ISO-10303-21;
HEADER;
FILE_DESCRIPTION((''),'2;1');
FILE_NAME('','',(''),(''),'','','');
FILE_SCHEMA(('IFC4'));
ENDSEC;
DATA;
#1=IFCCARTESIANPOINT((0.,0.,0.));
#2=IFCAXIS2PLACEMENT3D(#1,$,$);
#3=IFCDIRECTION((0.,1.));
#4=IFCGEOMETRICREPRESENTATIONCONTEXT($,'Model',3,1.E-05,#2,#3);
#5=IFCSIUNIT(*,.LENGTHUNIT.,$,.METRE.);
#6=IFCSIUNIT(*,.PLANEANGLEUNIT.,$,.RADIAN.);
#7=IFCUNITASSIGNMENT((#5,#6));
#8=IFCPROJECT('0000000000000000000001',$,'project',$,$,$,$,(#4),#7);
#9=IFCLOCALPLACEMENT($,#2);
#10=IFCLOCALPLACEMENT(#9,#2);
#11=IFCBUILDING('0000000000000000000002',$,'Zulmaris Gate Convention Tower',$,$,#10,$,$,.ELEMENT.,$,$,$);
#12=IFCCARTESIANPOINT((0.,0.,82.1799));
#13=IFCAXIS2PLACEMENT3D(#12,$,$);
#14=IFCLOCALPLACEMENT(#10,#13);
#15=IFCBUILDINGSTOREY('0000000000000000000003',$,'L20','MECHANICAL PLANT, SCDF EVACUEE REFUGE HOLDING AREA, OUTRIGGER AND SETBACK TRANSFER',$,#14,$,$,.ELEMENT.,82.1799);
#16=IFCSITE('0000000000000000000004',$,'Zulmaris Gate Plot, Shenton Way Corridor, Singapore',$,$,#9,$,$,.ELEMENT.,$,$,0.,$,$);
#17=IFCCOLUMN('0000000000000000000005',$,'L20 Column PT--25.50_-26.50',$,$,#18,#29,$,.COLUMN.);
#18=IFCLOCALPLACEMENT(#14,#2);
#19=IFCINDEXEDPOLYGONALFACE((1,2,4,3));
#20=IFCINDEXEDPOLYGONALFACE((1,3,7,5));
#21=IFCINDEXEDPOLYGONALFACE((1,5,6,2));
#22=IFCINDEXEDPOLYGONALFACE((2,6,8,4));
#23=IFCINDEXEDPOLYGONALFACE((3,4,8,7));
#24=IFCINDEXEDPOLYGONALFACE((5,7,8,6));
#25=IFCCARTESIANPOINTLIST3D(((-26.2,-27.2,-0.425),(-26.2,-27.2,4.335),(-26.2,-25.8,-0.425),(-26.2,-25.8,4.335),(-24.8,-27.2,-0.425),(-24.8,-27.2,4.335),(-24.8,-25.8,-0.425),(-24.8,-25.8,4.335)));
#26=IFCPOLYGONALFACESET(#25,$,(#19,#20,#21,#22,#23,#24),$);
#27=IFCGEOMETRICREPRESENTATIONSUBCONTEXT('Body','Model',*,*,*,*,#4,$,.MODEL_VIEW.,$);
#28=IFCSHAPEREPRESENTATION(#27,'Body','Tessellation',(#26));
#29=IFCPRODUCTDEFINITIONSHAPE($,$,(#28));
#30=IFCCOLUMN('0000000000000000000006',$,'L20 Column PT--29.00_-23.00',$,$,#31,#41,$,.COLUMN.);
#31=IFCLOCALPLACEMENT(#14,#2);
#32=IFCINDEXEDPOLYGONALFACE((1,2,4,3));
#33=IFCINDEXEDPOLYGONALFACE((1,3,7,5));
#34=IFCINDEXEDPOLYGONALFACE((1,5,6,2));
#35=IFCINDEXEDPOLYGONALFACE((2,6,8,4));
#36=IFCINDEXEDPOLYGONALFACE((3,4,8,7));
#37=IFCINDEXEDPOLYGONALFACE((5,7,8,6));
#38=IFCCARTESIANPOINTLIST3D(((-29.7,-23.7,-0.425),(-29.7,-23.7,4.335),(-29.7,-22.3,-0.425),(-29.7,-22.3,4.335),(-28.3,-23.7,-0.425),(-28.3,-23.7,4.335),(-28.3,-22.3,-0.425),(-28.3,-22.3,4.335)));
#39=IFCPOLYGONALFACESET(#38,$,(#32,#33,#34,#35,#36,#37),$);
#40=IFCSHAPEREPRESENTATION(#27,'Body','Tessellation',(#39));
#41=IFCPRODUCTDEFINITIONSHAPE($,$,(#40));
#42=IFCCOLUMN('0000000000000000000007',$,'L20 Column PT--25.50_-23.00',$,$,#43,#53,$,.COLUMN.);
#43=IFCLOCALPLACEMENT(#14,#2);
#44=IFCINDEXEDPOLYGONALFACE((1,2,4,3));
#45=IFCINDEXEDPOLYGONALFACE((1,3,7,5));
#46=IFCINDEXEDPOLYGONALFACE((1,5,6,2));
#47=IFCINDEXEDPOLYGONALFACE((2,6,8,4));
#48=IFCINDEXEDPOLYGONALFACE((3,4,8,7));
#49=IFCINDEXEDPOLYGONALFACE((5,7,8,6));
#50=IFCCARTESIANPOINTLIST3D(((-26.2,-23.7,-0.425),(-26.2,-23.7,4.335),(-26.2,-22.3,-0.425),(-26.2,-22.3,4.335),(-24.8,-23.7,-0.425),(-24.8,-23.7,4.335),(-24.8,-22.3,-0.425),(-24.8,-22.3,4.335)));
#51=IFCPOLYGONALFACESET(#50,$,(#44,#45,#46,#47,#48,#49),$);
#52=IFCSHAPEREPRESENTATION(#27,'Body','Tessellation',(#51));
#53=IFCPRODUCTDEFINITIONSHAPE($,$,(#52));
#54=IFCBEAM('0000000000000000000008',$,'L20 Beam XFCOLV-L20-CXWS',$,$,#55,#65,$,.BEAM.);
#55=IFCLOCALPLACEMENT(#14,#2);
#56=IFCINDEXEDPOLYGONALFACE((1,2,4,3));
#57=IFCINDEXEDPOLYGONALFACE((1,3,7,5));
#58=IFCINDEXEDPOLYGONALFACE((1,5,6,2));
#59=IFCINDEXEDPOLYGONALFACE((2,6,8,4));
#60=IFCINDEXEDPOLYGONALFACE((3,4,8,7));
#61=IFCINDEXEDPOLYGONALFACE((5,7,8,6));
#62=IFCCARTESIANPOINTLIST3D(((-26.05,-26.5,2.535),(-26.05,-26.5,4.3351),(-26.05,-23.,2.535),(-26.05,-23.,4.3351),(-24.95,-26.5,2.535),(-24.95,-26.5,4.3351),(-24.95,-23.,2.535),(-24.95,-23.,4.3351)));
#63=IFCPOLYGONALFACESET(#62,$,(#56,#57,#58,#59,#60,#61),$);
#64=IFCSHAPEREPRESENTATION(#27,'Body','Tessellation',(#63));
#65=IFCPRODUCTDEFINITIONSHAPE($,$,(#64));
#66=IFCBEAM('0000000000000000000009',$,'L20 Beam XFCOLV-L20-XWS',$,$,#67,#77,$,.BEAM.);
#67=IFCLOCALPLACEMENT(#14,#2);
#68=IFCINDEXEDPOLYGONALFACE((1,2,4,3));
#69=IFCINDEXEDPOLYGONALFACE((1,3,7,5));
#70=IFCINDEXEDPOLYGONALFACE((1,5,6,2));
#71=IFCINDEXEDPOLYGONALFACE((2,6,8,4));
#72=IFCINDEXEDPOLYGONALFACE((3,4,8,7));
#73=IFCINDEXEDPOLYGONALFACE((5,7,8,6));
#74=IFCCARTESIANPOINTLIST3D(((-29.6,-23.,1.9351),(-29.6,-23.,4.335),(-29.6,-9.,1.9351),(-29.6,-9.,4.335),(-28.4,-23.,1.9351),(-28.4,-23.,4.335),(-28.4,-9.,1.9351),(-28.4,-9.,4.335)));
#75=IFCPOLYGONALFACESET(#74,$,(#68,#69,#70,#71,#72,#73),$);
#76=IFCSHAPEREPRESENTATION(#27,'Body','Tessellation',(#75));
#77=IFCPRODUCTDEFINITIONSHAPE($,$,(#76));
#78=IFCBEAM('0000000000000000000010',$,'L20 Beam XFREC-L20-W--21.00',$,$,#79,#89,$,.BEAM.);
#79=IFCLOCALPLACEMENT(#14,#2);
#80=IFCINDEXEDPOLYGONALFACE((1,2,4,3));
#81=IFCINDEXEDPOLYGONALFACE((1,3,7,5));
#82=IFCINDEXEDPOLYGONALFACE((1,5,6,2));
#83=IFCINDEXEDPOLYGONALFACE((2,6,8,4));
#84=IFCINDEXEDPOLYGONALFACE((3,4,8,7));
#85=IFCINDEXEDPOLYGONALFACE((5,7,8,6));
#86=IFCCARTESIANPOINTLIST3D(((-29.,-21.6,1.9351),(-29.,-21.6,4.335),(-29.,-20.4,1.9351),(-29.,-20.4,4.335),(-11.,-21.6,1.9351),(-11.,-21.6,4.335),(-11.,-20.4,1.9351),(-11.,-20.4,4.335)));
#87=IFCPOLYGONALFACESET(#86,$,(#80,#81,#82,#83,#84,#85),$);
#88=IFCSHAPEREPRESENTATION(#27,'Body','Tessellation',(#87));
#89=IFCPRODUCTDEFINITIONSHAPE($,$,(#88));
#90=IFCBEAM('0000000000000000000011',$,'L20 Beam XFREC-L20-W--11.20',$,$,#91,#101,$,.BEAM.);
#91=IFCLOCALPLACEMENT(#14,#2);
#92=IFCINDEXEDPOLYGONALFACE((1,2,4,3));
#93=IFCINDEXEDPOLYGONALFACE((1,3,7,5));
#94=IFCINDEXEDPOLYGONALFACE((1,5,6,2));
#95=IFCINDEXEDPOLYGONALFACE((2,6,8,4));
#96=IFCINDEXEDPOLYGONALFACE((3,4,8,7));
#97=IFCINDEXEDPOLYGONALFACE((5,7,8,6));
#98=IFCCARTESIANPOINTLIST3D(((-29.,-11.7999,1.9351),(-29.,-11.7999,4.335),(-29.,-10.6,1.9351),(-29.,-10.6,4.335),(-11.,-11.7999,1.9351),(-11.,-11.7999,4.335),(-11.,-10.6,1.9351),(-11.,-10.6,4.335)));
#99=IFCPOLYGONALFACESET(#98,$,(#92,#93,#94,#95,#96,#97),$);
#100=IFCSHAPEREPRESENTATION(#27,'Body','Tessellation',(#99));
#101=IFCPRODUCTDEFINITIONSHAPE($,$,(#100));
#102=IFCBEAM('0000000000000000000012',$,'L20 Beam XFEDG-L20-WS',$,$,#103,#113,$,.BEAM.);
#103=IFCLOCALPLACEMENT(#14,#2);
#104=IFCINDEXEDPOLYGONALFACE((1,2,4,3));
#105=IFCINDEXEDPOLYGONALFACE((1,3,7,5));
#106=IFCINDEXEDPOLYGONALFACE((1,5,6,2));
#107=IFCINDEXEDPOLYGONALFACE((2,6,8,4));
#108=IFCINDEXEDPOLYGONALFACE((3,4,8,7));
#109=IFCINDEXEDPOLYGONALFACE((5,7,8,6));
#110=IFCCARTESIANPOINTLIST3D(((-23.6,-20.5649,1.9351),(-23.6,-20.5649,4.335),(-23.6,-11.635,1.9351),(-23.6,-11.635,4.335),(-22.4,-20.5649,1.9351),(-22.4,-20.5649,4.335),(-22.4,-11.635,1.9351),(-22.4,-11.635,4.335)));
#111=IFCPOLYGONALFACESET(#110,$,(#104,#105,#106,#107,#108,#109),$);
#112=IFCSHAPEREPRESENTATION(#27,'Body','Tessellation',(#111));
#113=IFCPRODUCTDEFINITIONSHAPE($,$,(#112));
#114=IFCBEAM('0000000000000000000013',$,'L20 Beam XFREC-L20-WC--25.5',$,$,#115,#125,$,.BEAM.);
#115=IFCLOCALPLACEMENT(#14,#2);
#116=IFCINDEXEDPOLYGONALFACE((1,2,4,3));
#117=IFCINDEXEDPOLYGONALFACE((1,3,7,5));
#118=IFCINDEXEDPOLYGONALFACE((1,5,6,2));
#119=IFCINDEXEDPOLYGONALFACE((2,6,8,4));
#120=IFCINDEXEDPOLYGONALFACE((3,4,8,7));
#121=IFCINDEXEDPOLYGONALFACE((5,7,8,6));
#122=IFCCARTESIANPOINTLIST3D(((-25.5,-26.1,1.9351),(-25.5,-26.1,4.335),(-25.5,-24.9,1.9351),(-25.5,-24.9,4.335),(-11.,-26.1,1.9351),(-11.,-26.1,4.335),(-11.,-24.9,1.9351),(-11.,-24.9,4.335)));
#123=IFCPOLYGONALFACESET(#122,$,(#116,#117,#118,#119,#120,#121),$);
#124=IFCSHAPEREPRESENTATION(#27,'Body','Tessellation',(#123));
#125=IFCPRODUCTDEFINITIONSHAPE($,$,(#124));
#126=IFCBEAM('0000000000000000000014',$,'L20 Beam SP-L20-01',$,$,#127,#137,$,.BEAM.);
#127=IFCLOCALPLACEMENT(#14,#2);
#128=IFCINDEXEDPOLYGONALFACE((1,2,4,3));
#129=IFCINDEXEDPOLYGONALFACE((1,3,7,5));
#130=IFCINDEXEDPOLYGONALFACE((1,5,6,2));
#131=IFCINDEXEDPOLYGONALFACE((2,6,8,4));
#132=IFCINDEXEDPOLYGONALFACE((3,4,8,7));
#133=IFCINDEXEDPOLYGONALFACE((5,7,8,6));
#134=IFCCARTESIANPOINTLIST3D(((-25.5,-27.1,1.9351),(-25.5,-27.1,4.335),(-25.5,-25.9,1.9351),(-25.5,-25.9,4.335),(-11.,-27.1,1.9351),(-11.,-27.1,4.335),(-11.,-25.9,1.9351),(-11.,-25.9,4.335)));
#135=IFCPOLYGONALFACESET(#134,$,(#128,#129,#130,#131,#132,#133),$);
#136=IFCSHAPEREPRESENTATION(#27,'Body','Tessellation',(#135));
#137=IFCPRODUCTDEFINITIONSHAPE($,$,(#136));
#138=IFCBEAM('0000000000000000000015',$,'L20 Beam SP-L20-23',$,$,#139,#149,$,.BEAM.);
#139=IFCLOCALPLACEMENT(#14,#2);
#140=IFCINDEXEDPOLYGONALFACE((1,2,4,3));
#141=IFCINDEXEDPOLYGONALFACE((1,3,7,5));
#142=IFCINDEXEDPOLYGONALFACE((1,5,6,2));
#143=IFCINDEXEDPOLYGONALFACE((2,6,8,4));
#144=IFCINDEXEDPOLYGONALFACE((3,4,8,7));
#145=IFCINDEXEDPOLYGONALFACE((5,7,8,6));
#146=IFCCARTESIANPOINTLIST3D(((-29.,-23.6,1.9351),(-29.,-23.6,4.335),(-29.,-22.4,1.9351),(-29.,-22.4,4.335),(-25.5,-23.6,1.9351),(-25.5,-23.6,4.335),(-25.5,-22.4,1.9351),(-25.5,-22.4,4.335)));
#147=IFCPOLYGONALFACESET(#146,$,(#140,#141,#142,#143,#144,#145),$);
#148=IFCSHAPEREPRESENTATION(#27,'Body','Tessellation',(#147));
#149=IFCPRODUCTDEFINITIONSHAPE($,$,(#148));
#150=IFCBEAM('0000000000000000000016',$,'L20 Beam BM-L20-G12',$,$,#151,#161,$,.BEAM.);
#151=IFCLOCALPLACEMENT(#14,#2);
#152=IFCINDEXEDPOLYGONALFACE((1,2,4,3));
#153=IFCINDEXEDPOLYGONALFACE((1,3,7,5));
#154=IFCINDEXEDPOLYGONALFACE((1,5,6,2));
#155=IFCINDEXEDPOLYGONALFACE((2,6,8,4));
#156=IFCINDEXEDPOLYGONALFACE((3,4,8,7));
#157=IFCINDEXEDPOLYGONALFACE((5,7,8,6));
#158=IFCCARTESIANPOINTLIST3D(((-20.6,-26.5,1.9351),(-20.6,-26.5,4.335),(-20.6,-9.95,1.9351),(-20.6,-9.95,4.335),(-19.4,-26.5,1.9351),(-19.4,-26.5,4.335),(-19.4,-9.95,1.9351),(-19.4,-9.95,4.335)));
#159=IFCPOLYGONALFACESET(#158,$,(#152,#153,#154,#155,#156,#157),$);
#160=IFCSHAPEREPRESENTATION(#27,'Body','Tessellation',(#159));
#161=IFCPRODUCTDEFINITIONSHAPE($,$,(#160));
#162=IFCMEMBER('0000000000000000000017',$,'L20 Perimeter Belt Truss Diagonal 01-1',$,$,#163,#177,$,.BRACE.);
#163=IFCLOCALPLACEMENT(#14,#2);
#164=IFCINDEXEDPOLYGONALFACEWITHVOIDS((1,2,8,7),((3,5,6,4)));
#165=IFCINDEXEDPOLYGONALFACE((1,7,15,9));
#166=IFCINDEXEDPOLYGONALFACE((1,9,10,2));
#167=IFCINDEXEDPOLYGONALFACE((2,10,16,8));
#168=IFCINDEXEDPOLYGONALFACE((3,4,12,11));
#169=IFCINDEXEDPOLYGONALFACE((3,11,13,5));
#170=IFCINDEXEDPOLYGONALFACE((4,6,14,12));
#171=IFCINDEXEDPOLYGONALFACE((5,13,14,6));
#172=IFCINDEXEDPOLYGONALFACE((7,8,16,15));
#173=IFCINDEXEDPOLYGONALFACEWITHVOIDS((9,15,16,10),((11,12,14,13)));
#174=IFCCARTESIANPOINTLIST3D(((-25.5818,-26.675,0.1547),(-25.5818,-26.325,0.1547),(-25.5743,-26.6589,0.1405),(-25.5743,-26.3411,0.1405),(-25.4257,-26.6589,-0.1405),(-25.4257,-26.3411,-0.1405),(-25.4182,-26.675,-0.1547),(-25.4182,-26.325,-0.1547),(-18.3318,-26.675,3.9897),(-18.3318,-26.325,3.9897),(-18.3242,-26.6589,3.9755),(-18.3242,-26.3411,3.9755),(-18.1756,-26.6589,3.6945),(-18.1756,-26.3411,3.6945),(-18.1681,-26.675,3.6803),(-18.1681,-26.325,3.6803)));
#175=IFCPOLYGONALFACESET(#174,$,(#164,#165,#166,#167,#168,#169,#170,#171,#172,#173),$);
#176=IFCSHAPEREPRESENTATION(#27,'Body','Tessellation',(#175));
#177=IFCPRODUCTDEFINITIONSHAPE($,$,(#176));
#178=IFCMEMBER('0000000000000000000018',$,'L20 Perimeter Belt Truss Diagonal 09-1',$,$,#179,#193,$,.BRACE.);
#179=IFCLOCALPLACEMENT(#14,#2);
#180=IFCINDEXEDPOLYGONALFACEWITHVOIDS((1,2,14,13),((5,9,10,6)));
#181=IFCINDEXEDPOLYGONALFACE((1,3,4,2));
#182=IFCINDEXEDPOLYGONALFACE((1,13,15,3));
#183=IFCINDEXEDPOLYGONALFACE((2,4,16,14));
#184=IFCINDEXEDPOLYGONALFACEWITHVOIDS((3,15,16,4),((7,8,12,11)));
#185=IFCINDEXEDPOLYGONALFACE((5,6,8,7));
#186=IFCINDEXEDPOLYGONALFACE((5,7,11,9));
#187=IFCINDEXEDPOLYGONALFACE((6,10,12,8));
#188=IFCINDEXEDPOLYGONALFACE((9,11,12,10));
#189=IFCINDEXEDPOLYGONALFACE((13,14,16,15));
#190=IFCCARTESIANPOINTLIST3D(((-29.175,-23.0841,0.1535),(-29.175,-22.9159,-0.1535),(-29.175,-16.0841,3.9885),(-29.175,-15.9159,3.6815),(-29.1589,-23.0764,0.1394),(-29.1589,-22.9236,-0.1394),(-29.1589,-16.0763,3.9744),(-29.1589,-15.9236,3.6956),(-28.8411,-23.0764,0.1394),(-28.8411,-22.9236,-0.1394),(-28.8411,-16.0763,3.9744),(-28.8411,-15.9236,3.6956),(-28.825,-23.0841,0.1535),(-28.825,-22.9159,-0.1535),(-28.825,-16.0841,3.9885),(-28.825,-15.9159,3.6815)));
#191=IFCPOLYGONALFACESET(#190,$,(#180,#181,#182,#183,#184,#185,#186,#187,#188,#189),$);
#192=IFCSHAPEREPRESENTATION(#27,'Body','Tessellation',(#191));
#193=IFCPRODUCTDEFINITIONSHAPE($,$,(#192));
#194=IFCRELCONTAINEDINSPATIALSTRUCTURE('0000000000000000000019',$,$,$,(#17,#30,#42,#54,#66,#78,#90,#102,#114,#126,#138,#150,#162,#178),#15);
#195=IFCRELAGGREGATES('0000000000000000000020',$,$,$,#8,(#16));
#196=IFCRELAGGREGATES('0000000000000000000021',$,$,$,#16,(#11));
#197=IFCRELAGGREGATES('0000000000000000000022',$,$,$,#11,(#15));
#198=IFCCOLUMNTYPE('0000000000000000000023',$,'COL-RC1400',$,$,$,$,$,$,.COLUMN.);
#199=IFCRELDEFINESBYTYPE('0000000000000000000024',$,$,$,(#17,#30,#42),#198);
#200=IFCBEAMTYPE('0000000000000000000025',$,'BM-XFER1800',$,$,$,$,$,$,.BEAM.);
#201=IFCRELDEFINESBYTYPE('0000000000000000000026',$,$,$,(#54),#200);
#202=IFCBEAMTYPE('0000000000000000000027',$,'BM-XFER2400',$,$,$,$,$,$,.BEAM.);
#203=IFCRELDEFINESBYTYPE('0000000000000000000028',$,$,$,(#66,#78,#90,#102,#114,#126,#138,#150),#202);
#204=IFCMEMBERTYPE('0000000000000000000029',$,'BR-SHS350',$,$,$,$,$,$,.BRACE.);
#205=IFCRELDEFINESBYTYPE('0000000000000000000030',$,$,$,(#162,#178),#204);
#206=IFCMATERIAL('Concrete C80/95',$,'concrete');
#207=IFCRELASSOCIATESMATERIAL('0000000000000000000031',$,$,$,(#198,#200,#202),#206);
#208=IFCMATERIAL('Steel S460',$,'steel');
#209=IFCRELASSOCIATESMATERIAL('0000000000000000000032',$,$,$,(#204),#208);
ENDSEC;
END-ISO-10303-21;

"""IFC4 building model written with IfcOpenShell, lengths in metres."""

from ifc_helpers import new_model, si_unit, direction, frame, origin, origin_2d, place, context, subcontext, project, spatial, rectangle, hollow_rectangle, extrude, material, material_profile, profile_set, type_object, element, save


model = new_model("IFC4")

# Units and contexts
model_context = context("Model", 3, precision=1e-05, world=origin(), true_north=direction((0.0, 1.0)))
body_context = subcontext(model_context, "Body", "Model", "MODEL_VIEW")
ifc_project = project(units=[si_unit("LENGTHUNIT", "METRE"), si_unit("PLANEANGLEUNIT", "RADIAN")], contexts=[model_context])

# Site, building, storey
site_placement = place(None, origin())
site = spatial("IfcSite", under=ifc_project, at=site_placement, Name="Zulmaris Gate Plot, Shenton Way Corridor, Singapore", CompositionType="ELEMENT", RefElevation=0.0)
building_placement = place(site_placement, origin())
building = spatial("IfcBuilding", under=site, at=building_placement, Name="Zulmaris Gate Convention Tower", CompositionType="ELEMENT")
storey_placement = place(building_placement, frame((0.0, 0.0, 82.1799)))
storey = spatial("IfcBuildingStorey", under=building, at=storey_placement, Name="L20", Description="MECHANICAL PLANT, SCDF EVACUEE REFUGE HOLDING AREA, OUTRIGGER AND SETBACK TRANSFER", CompositionType="ELEMENT", Elevation=82.1799)

# Columns
ifc_material_1 = material(Name="Concrete C80/95", Category="concrete")
ifc_material_profile_1 = material_profile(ifc_material_1, rectangle(XDim=1.3999, YDim=1.3999, at=origin_2d()), Name="RC COL 1400x1400")
ifc_profile_set_1 = profile_set([ifc_material_profile_1], Name="Concrete C80/95")
column_type = type_object("IfcColumnType", Name="COL-RC1400", PredefinedType="COLUMN", material=ifc_profile_set_1)
for number, where, z_axis, x_axis, name in (
    (1, (-25.5, -26.5, -0.425), (0.0, 0.0, 1.0), (1.0, 0.0, 0.0), "L20 Column PT--25.50_-26.50"),
    (2, (-29.0, -23.0, -0.425), (0.0, 0.0, 1.0), (1.0, 0.0, 0.0), "L20 Column PT--29.00_-23.00"),
    (3, (-25.5, -23.0, -0.425), (0.0, 0.0, 1.0), (1.0, 0.0, 0.0), "L20 Column PT--25.50_-23.00"),
):
    element("IfcColumn", number, at=place(storey_placement, frame(where, z_axis=z_axis, x_axis=x_axis)), inside=storey, type_object=column_type, Name=name, PredefinedType="COLUMN", context=body_context, shape_type="SweptSolid", body=[
        extrude(rectangle(XDim=1.3999, YDim=1.3999, at=origin_2d()), origin(), (0.0, 0.0, 1.0), 4.76),
    ])

# Beams
ifc_material_profile_2 = material_profile(ifc_material_1, rectangle(XDim=1.1001, YDim=1.8, at=origin_2d()), Name="RC TRANSFER 1100x1800")
ifc_profile_set_2 = profile_set([ifc_material_profile_2], Name="Concrete C80/95")
beam_type_1 = type_object("IfcBeamType", Name="BM-XFER1800", PredefinedType="BEAM", material=ifc_profile_set_2)
beam_1_placement = place(storey_placement, frame((-25.5, -26.5, 3.4351), z_axis=(0.0, 1.0, 0.0), x_axis=(-1.0, 0.0, 0.0)))
element("IfcBeam", 4, at=beam_1_placement, inside=storey, type_object=beam_type_1, Name="L20 Beam XFCOLV-L20-CXWS", PredefinedType="BEAM", context=body_context, shape_type="SweptSolid", body=[
    extrude(rectangle(XDim=1.1001, YDim=1.8, at=origin_2d()), origin(), (0.0, 0.0, 1.0), 3.5),
])
ifc_material_profile_3 = material_profile(ifc_material_1, rectangle(XDim=1.2, YDim=2.3999, at=origin_2d()), Name="RC TRANSFER 1200x2400")
ifc_profile_set_3 = profile_set([ifc_material_profile_3], Name="Concrete C80/95")
beam_type_2 = type_object("IfcBeamType", Name="BM-XFER2400", PredefinedType="BEAM", material=ifc_profile_set_3)
beam_2_placement = place(storey_placement, frame((-29.0, -23.0, 3.135), z_axis=(0.0, 1.0, 0.0), x_axis=(-1.0, 0.0, 0.0)))
element("IfcBeam", 5, at=beam_2_placement, inside=storey, type_object=beam_type_2, Name="L20 Beam XFCOLV-L20-XWS", PredefinedType="BEAM", context=body_context, shape_type="SweptSolid", body=[
    extrude(rectangle(XDim=1.2, YDim=2.3999, at=origin_2d()), origin(), (0.0, 0.0, 1.0), 14.0),
])
for number, where, z_axis, x_axis, name in (
    (6, (-29.0, -21.0, 3.135), (1.0, 0.0, 0.0), (0.0, 1.0, 0.0), "L20 Beam XFREC-L20-W--21.00"),
    (7, (-29.0, -11.2, 3.135), (1.0, 0.0, 0.0), (0.0, 1.0, 0.0), "L20 Beam XFREC-L20-W--11.20"),
):
    element("IfcBeam", number, at=place(storey_placement, frame(where, z_axis=z_axis, x_axis=x_axis)), inside=storey, type_object=beam_type_2, Name=name, PredefinedType="BEAM", context=body_context, shape_type="SweptSolid", body=[
        extrude(rectangle(XDim=1.2, YDim=2.3999, at=origin_2d()), origin(), (0.0, 0.0, 1.0), 18.0),
    ])
beam_3_placement = place(storey_placement, frame((-23.0, -20.5649, 3.135), z_axis=(0.0, 1.0, 0.0), x_axis=(-1.0, 0.0, 0.0)))
element("IfcBeam", 8, at=beam_3_placement, inside=storey, type_object=beam_type_2, Name="L20 Beam XFEDG-L20-WS", PredefinedType="BEAM", context=body_context, shape_type="SweptSolid", body=[
    extrude(rectangle(XDim=1.2, YDim=2.3999, at=origin_2d()), origin(), (0.0, 0.0, 1.0), 8.9299),
])
for number, where, z_axis, x_axis, name in (
    (9, (-25.5, -25.5, 3.135), (1.0, 0.0, 0.0), (0.0, 1.0, 0.0), "L20 Beam XFREC-L20-WC--25.5"),
    (10, (-25.5, -26.5, 3.135), (1.0, 0.0, 0.0), (0.0, 1.0, 0.0), "L20 Beam SP-L20-01"),
):
    element("IfcBeam", number, at=place(storey_placement, frame(where, z_axis=z_axis, x_axis=x_axis)), inside=storey, type_object=beam_type_2, Name=name, PredefinedType="BEAM", context=body_context, shape_type="SweptSolid", body=[
        extrude(rectangle(XDim=1.2, YDim=2.3999, at=origin_2d()), origin(), (0.0, 0.0, 1.0), 14.5),
    ])
beam_4_placement = place(storey_placement, frame((-29.0, -23.0, 3.135), z_axis=(1.0, 0.0, 0.0), x_axis=(0.0, 1.0, 0.0)))
element("IfcBeam", 11, at=beam_4_placement, inside=storey, type_object=beam_type_2, Name="L20 Beam SP-L20-23", PredefinedType="BEAM", context=body_context, shape_type="SweptSolid", body=[
    extrude(rectangle(XDim=1.2, YDim=2.3999, at=origin_2d()), origin(), (0.0, 0.0, 1.0), 3.5),
])
beam_5_placement = place(storey_placement, frame((-20.0, -26.5, 3.135), z_axis=(0.0, 1.0, 0.0), x_axis=(-1.0, 0.0, 0.0)))
element("IfcBeam", 12, at=beam_5_placement, inside=storey, type_object=beam_type_2, Name="L20 Beam BM-L20-G12", PredefinedType="BEAM", context=body_context, shape_type="SweptSolid", body=[
    extrude(rectangle(XDim=1.2, YDim=2.3999, at=origin_2d()), origin(), (0.0, 0.0, 1.0), 16.55),
])

# Members
ifc_material_2 = material(Name="Steel S460", Category="steel")
ifc_material_profile_4 = material_profile(ifc_material_2, hollow_rectangle(XDim=0.3501, YDim=0.3501, WallThickness=0.0161, at=origin_2d()), Name="SHS 350x350x16")
ifc_profile_set_4 = profile_set([ifc_material_profile_4], Name="Steel S460")
member_type = type_object("IfcMemberType", Name="BR-SHS350", PredefinedType="BRACE", material=ifc_profile_set_4)
member_placement = place(storey_placement, frame((-25.5, -26.5, 0.0), z_axis=(0.883953, 0.0, 0.467576), x_axis=(0.0, 1.0, 0.0)))
element("IfcMember", 13, at=member_placement, inside=storey, type_object=member_type, Name="L20 Perimeter Belt Truss Diagonal 01-1", PredefinedType="BRACE", context=body_context, shape_type="SweptSolid", body=[
    extrude(hollow_rectangle(XDim=0.3501, YDim=0.3501, WallThickness=0.0161, at=origin_2d()), origin(), (0.0, 0.0, 1.0), 8.2019),
])
for number, where, z_axis, x_axis, name in (
    (14, (-29.0, -23.0, 0.0), (0.0, 0.87701, 0.480471), (-1.0, 0.0, 0.0), "L20 Perimeter Belt Truss Diagonal 09-1"),
):
    element("IfcMember", number, at=place(storey_placement, frame(where, z_axis=z_axis, x_axis=x_axis)), inside=storey, type_object=member_type, Name=name, PredefinedType="BRACE", context=body_context, shape_type="SweptSolid", body=[
        extrude(hollow_rectangle(XDim=0.3501, YDim=0.3501, WallThickness=0.0161, at=origin_2d()), origin(), (0.0, 0.0, 1.0), 7.9817),
    ])

save(model, "model.ifc")
